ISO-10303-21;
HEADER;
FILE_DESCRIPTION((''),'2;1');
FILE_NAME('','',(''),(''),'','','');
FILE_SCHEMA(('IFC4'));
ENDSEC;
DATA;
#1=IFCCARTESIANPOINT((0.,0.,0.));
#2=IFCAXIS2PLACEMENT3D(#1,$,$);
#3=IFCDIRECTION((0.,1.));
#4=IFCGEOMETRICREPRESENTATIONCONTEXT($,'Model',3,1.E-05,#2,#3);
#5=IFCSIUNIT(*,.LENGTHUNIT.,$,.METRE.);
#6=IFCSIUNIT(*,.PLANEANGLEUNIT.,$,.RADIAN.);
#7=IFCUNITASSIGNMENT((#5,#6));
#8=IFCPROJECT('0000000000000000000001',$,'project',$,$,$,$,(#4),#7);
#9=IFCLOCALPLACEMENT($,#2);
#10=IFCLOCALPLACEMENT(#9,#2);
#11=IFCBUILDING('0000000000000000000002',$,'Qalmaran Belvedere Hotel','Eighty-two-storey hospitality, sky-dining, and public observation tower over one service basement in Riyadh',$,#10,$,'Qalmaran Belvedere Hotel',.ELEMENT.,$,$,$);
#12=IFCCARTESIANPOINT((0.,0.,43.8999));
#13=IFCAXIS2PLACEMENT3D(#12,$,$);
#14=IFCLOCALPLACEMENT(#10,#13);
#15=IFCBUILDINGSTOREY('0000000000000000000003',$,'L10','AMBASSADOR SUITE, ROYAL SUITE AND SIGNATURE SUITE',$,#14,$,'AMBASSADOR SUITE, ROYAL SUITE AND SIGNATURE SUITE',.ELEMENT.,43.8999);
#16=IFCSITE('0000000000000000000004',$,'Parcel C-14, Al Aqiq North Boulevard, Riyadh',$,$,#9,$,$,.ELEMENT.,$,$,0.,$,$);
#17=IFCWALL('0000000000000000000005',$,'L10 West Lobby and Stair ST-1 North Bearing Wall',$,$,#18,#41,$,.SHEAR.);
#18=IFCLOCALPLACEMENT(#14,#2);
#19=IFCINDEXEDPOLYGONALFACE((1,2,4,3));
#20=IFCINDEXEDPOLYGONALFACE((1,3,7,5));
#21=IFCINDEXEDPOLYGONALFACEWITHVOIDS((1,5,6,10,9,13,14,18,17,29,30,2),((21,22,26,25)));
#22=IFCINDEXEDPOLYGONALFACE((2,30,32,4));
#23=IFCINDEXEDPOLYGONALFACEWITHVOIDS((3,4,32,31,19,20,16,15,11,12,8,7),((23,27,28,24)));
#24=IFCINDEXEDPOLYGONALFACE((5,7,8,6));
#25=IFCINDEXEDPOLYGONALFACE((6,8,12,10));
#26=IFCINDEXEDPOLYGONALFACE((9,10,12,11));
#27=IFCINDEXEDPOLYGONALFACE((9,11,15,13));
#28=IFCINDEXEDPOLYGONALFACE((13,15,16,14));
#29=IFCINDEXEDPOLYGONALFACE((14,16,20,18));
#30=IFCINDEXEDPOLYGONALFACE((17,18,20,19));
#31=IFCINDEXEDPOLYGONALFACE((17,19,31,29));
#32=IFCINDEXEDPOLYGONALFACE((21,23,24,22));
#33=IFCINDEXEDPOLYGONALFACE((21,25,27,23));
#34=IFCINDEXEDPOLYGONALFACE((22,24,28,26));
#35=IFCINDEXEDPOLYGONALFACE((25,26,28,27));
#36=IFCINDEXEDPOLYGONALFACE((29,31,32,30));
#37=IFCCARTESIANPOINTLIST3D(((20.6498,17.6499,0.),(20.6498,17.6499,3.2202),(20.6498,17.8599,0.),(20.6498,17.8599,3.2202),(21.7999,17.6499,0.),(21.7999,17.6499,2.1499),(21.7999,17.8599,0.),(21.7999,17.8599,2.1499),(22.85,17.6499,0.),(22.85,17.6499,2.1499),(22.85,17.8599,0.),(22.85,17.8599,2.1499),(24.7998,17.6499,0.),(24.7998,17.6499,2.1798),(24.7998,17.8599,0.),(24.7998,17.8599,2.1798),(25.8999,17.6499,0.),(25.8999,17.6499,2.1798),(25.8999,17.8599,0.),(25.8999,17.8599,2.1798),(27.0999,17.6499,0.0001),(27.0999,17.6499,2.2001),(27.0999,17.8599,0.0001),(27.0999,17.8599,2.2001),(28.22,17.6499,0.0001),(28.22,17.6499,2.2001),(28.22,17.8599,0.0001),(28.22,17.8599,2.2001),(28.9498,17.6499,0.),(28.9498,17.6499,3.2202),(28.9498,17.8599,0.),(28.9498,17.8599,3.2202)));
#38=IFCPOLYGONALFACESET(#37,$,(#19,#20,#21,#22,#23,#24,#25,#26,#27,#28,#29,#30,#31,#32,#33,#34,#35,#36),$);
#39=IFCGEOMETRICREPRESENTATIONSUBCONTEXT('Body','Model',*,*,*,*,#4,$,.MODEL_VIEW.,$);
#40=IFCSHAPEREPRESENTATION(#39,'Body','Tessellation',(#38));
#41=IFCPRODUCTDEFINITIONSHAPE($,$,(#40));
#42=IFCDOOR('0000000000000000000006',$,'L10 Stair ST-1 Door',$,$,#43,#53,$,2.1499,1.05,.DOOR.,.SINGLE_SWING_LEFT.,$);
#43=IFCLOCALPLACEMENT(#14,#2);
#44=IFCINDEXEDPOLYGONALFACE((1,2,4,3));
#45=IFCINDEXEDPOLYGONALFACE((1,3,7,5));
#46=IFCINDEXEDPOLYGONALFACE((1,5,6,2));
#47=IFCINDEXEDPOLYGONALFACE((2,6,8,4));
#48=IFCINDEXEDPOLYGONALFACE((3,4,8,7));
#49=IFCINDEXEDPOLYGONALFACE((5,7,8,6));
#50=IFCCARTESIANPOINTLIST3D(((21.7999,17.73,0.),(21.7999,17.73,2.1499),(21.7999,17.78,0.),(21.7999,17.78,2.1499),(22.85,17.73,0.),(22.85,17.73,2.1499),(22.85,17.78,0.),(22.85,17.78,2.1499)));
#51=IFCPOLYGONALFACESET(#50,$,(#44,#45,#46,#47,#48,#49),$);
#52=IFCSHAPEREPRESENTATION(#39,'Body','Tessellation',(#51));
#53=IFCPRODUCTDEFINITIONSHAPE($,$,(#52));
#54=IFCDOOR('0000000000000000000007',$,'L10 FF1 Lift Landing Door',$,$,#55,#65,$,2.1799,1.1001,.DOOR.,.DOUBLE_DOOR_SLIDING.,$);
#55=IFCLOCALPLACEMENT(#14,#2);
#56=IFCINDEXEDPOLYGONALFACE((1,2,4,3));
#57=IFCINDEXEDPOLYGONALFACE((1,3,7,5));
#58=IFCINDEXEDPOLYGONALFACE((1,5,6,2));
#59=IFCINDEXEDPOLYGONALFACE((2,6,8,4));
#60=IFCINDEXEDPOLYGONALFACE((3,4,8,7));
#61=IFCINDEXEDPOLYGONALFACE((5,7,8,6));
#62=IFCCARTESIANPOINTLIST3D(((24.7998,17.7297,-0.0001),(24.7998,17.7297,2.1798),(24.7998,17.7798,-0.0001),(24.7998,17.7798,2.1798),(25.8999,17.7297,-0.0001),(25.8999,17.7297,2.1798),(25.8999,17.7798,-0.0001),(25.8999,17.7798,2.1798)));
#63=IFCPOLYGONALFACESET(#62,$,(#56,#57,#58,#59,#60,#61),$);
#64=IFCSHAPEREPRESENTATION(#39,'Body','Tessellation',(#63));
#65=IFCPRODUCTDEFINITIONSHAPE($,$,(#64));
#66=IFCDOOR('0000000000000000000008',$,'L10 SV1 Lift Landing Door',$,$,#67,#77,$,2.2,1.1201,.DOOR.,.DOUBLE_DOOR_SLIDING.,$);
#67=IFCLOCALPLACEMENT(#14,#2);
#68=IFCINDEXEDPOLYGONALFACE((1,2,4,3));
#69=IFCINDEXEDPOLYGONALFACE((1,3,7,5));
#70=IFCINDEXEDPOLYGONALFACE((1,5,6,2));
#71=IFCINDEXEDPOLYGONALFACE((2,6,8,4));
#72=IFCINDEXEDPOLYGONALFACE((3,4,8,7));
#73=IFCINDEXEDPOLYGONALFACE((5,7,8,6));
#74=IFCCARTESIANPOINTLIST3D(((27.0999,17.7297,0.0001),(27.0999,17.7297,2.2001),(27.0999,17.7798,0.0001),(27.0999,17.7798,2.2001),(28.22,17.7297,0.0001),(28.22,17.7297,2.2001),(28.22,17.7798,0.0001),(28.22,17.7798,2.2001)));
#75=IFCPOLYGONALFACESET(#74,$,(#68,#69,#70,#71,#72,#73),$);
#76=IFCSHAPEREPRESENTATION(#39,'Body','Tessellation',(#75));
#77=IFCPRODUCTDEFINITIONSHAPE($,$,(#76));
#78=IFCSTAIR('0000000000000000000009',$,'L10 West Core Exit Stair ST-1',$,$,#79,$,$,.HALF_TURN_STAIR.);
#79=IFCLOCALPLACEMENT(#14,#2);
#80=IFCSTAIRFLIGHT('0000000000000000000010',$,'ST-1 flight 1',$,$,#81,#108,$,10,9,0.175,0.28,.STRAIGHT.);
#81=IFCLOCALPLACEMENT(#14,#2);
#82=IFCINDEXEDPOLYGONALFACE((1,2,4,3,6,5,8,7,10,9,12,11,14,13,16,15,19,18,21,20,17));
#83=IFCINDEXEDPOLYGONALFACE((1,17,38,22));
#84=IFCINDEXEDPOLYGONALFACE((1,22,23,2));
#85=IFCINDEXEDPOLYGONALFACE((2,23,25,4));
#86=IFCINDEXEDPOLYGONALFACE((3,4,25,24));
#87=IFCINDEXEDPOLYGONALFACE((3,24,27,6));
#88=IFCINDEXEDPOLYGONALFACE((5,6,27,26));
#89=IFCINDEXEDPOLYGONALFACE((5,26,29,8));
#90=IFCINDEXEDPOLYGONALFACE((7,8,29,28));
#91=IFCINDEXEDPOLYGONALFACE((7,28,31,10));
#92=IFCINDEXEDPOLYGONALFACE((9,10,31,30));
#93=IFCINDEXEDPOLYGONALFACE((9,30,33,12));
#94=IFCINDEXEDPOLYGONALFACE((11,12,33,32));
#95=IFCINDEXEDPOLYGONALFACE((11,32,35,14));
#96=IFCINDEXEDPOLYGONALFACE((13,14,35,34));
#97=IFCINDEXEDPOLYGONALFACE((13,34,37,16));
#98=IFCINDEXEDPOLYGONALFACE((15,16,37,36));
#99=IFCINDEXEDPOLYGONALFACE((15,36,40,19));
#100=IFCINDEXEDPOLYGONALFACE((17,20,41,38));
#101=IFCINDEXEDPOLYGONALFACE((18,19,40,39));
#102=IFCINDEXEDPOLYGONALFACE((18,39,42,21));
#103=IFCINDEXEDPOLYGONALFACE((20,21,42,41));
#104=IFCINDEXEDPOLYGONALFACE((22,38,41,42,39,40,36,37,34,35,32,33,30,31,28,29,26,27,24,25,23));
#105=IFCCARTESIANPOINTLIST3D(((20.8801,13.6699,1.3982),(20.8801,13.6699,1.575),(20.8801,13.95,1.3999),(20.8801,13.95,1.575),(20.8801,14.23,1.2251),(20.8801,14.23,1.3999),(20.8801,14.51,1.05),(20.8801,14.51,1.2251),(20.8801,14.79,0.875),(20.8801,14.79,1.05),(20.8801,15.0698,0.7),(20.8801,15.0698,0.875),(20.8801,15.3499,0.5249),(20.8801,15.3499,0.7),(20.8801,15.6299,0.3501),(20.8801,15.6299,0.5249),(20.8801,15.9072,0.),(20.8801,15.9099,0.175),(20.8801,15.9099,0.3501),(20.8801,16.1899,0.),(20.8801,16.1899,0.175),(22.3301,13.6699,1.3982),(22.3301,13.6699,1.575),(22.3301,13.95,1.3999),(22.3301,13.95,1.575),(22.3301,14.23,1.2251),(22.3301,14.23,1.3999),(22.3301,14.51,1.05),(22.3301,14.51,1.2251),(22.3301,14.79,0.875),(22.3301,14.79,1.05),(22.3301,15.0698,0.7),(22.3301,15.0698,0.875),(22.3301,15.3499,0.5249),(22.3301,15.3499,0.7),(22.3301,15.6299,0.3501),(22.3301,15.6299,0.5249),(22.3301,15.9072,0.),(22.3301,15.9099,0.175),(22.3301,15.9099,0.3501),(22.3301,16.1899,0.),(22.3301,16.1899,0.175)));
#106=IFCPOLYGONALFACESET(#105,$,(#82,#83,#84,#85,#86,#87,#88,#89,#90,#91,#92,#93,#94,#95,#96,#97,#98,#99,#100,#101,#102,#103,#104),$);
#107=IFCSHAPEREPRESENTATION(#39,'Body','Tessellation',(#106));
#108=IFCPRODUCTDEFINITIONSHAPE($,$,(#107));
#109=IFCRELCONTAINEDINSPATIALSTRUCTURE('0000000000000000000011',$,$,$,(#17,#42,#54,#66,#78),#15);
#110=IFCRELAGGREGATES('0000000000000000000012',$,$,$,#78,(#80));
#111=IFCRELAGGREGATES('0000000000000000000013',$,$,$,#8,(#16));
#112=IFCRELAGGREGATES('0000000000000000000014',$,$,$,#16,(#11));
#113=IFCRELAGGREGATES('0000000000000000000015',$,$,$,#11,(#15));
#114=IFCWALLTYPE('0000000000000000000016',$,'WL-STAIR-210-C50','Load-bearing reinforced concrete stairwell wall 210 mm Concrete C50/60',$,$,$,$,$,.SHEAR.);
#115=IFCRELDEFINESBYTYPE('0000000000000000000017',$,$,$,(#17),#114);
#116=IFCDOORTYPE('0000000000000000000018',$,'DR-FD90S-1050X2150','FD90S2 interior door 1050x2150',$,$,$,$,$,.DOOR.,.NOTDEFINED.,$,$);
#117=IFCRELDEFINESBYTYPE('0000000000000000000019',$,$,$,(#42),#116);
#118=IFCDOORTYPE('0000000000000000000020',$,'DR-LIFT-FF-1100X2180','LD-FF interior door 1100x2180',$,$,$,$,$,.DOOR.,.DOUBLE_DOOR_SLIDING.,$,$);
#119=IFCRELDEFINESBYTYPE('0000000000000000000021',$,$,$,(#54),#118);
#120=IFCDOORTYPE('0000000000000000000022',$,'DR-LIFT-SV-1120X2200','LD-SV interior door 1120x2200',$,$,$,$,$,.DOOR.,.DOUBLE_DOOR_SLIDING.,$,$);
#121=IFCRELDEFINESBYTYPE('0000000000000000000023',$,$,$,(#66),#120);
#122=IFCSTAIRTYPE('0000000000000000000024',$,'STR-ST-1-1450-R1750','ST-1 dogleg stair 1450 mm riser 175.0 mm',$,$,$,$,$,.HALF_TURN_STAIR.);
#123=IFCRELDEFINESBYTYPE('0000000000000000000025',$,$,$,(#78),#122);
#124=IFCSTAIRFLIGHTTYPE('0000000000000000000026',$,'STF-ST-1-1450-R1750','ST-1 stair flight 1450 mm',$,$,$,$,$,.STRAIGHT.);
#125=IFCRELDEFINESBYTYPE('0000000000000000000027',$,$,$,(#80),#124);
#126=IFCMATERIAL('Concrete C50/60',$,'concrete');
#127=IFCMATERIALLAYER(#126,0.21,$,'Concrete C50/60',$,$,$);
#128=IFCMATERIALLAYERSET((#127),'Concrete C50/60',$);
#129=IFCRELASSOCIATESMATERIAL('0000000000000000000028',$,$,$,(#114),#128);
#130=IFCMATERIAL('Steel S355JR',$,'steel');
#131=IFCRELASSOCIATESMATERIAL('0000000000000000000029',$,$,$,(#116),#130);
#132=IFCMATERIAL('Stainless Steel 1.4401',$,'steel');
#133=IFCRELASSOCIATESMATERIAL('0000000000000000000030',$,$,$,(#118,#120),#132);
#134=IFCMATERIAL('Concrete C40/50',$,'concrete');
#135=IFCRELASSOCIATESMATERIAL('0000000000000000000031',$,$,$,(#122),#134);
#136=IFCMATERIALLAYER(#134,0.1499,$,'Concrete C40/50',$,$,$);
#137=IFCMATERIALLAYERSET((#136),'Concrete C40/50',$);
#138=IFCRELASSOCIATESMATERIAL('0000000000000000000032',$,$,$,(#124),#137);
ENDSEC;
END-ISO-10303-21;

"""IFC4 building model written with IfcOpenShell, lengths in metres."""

from ifc_helpers import new_model, si_unit, direction, frame, frame_2d, origin, place, context, subcontext, project, spatial, polyline, rectangle, outline, extrude, material, layer, layer_set, type_object, element, fill, aggregate, save


model = new_model("IFC4")

# Units and contexts
model_context = context("Model", 3, precision=1e-05, world=origin(), true_north=direction((0.0, 1.0)))
body_context = subcontext(model_context, "Body", "Model", "MODEL_VIEW")
ifc_project = project(units=[si_unit("LENGTHUNIT", "METRE"), si_unit("PLANEANGLEUNIT", "RADIAN")], contexts=[model_context])

# Site, building, storey
site_placement = place(None, origin())
site = spatial("IfcSite", under=ifc_project, at=site_placement, Name="Parcel C-14, Al Aqiq North Boulevard, Riyadh", CompositionType="ELEMENT", RefElevation=0.0)
building_placement = place(site_placement, origin())
building = spatial("IfcBuilding", under=site, at=building_placement, Name="Qalmaran Belvedere Hotel", Description="Eighty-two-storey hospitality, sky-dining, and public observation tower over one service basement in Riyadh", LongName="Qalmaran Belvedere Hotel", CompositionType="ELEMENT")
storey_placement = place(building_placement, frame((0.0, 0.0, 43.8999)))
storey = spatial("IfcBuildingStorey", under=building, at=storey_placement, Name="L10", Description="AMBASSADOR SUITE, ROYAL SUITE AND SIGNATURE SUITE", LongName="AMBASSADOR SUITE, ROYAL SUITE AND SIGNATURE SUITE", CompositionType="ELEMENT", Elevation=43.8999)

# Shared definitions
ifc_material_1 = material(Name="Steel S355JR", Category="steel")

# Wall, openings, doors
ifc_material_2 = material(Name="Concrete C50/60", Category="concrete")
ifc_layer_1 = layer(ifc_material_2, 0.21, Name="Concrete C50/60")
ifc_layer_set_1 = layer_set([ifc_layer_1], Name="Concrete C50/60")
wall_type_1 = type_object("IfcWallType", Name="WL-STAIR-210-C50", Description="Load-bearing reinforced concrete stairwell wall 210 mm Concrete C50/60", PredefinedType="SHEAR", material=ifc_layer_set_1)
wall_1_placement = place(storey_placement, frame((20.6499, 17.7549, 0.0), z_axis=(0.0, 0.0, 1.0), x_axis=(1.0, 0.0, 0.0)))
wall_1 = element("IfcWall", 1, at=wall_1_placement, inside=storey, type_object=wall_type_1, Name="L10 West Lobby and Stair ST-1 North Bearing Wall", PredefinedType="SHEAR", context=body_context, shape_type="SweptSolid", body=[
    extrude(rectangle(XDim=8.3, YDim=0.21, at=frame_2d((4.1499, 0.0))), origin(), (0.0, 0.0, 1.0), 3.2202),
])
opening_1_placement = place(wall_1_placement, frame((2.2, 0.0, 0.0), z_axis=(0.0, 0.0, 1.0), x_axis=(-1.0, 0.0, 0.0)))
opening_1 = element("IfcOpeningElement", 2, at=opening_1_placement, cuts=wall_1, PredefinedType="OPENING", context=body_context, shape_type="SweptSolid", body=[
    extrude(rectangle(XDim=1.05, YDim=2.1499, at=frame_2d((0.5249, 1.075))), frame((0.0, 0.115, 0.0), z_axis=(0.0, -1.0, 0.0), x_axis=(1.0, 0.0, 0.0)), (0.0, 0.0, 1.0), 0.23),
])
opening_2_placement = place(wall_1_placement, frame((4.1499, 0.0, 0.0)))
opening_2 = element("IfcOpeningElement", 3, at=opening_2_placement, cuts=wall_1, PredefinedType="OPENING", context=body_context, shape_type="SweptSolid", body=[
    extrude(rectangle(XDim=1.1001, YDim=2.1799, at=frame_2d((0.55, 1.0898))), frame((0.0, 0.115, 0.0), z_axis=(0.0, -1.0, 0.0), x_axis=(1.0, 0.0, 0.0)), (0.0, 0.0, 1.0), 0.23),
])
opening_3_placement = place(wall_1_placement, frame((6.45, 0.0, 0.0)))
opening_3 = element("IfcOpeningElement", 4, at=opening_3_placement, cuts=wall_1, PredefinedType="OPENING", context=body_context, shape_type="SweptSolid", body=[
    extrude(rectangle(XDim=1.1201, YDim=2.2, at=frame_2d((0.5601, 1.1001))), frame((0.0, 0.115, 0.0), z_axis=(0.0, -1.0, 0.0), x_axis=(1.0, 0.0, 0.0)), (0.0, 0.0, 1.0), 0.23),
])
door_type_1 = type_object("IfcDoorType", Name="DR-FD90S-1050X2150", Description="FD90S2 interior door 1050x2150", OperationType="NOTDEFINED", PredefinedType="DOOR", material=ifc_material_1)
door_1_placement = place(opening_1_placement, origin())
door_1 = element("IfcDoor", 5, at=door_1_placement, inside=storey, type_object=door_type_1, Name="L10 Stair ST-1 Door", OperationType="SINGLE_SWING_LEFT", OverallHeight=2.1499, OverallWidth=1.05, PredefinedType="DOOR", context=body_context, shape_type="SweptSolid", body=[
    extrude(rectangle(XDim=1.05, YDim=2.1499, at=frame_2d((0.5249, 1.075))), frame((0.0, 0.0249, 0.0), z_axis=(0.0, -1.0, 0.0), x_axis=(1.0, 0.0, 0.0)), (0.0, 0.0, 1.0), 0.05),
])
fill(opening_1, door_1)
ifc_material_3 = material(Name="Stainless Steel 1.4401", Category="steel")
door_type_2 = type_object("IfcDoorType", Name="DR-LIFT-FF-1100X2180", Description="LD-FF interior door 1100x2180", OperationType="DOUBLE_DOOR_SLIDING", PredefinedType="DOOR", material=ifc_material_3)
door_2_placement = place(opening_2_placement, origin())
door_2 = element("IfcDoor", 6, at=door_2_placement, inside=storey, type_object=door_type_2, Name="L10 FF1 Lift Landing Door", OperationType="DOUBLE_DOOR_SLIDING", OverallHeight=2.1799, OverallWidth=1.1001, PredefinedType="DOOR", context=body_context, shape_type="SweptSolid", body=[
    extrude(rectangle(XDim=1.1001, YDim=2.1799, at=frame_2d((0.55, 1.0898))), frame((0.0, 0.0249, 0.0), z_axis=(0.0, -1.0, 0.0), x_axis=(1.0, 0.0, 0.0)), (0.0, 0.0, 1.0), 0.05),
])
fill(opening_2, door_2)
door_type_3 = type_object("IfcDoorType", Name="DR-LIFT-SV-1120X2200", Description="LD-SV interior door 1120x2200", OperationType="DOUBLE_DOOR_SLIDING", PredefinedType="DOOR", material=ifc_material_3)
door_3_placement = place(opening_3_placement, origin())
door_3 = element("IfcDoor", 7, at=door_3_placement, inside=storey, type_object=door_type_3, Name="L10 SV1 Lift Landing Door", OperationType="DOUBLE_DOOR_SLIDING", OverallHeight=2.2, OverallWidth=1.1201, PredefinedType="DOOR", context=body_context, shape_type="SweptSolid", body=[
    extrude(rectangle(XDim=1.1201, YDim=2.2, at=frame_2d((0.5601, 1.1001))), frame((0.0, 0.0249, 0.0), z_axis=(0.0, -1.0, 0.0), x_axis=(1.0, 0.0, 0.0)), (0.0, 0.0, 1.0), 0.05),
])
fill(opening_3, door_3)

# Stair, stair flight
ifc_material_4 = material(Name="Concrete C40/50", Category="concrete")
stair_type = type_object("IfcStairType", Name="STR-ST-1-1450-R1750", Description="ST-1 dogleg stair 1450 mm riser 175.0 mm", PredefinedType="HALF_TURN_STAIR", material=ifc_material_4)
stair_placement = place(storey_placement, origin())
stair = element("IfcStair", 8, at=stair_placement, inside=storey, type_object=stair_type, Name="L10 West Core Exit Stair ST-1", PredefinedType="HALF_TURN_STAIR")
ifc_layer_2 = layer(ifc_material_4, 0.1499, Name="Concrete C40/50")
ifc_layer_set_2 = layer_set([ifc_layer_2], Name="Concrete C40/50")
stair_flight_type = type_object("IfcStairFlightType", Name="STF-ST-1-1450-R1750", Description="ST-1 stair flight 1450 mm", PredefinedType="STRAIGHT", material=ifc_layer_set_2)
stair_flight_placement = place(storey_placement, frame((21.605, 16.1899, 0.0), z_axis=(0.0, 0.0, 1.0), x_axis=(0.0, -1.0, 0.0)))
stair_flight = element("IfcStairFlight", 9, at=stair_flight_placement, type_object=stair_flight_type, Name="ST-1 flight 1", NumberOfRisers=10, NumberOfTreads=9, PredefinedType="STRAIGHT", RiserHeight=0.175, TreadLength=0.28, context=body_context, shape_type="SweptSolid", body=[
    extrude(outline(polyline([(0.0, 0.0), (0.0, 0.175), (0.28, 0.175), (0.28, 0.3501), (0.5601, 0.3501), (0.5601, 0.5249), (0.8401, 0.5249), (0.8401, 0.7), (1.1201, 0.7), (1.1201, 0.875), (1.3999, 0.875), (1.3999, 1.05), (1.6799, 1.05), (1.6799, 1.2251), (1.96, 1.2251), (1.96, 1.3999), (2.24, 1.3999), (2.24, 1.575), (2.52, 1.575), (2.52, 1.75), (2.52, 1.3982), (0.2827, 0.0), (0.0, 0.0)])), frame((0.0, 0.7251, 0.0), z_axis=(0.0, -1.0, 0.0), x_axis=(1.0, 0.0, 0.0)), (0.0, 0.0, 1.0), 1.45),
])
aggregate(stair, [stair_flight])

save(model, "model.ifc")
